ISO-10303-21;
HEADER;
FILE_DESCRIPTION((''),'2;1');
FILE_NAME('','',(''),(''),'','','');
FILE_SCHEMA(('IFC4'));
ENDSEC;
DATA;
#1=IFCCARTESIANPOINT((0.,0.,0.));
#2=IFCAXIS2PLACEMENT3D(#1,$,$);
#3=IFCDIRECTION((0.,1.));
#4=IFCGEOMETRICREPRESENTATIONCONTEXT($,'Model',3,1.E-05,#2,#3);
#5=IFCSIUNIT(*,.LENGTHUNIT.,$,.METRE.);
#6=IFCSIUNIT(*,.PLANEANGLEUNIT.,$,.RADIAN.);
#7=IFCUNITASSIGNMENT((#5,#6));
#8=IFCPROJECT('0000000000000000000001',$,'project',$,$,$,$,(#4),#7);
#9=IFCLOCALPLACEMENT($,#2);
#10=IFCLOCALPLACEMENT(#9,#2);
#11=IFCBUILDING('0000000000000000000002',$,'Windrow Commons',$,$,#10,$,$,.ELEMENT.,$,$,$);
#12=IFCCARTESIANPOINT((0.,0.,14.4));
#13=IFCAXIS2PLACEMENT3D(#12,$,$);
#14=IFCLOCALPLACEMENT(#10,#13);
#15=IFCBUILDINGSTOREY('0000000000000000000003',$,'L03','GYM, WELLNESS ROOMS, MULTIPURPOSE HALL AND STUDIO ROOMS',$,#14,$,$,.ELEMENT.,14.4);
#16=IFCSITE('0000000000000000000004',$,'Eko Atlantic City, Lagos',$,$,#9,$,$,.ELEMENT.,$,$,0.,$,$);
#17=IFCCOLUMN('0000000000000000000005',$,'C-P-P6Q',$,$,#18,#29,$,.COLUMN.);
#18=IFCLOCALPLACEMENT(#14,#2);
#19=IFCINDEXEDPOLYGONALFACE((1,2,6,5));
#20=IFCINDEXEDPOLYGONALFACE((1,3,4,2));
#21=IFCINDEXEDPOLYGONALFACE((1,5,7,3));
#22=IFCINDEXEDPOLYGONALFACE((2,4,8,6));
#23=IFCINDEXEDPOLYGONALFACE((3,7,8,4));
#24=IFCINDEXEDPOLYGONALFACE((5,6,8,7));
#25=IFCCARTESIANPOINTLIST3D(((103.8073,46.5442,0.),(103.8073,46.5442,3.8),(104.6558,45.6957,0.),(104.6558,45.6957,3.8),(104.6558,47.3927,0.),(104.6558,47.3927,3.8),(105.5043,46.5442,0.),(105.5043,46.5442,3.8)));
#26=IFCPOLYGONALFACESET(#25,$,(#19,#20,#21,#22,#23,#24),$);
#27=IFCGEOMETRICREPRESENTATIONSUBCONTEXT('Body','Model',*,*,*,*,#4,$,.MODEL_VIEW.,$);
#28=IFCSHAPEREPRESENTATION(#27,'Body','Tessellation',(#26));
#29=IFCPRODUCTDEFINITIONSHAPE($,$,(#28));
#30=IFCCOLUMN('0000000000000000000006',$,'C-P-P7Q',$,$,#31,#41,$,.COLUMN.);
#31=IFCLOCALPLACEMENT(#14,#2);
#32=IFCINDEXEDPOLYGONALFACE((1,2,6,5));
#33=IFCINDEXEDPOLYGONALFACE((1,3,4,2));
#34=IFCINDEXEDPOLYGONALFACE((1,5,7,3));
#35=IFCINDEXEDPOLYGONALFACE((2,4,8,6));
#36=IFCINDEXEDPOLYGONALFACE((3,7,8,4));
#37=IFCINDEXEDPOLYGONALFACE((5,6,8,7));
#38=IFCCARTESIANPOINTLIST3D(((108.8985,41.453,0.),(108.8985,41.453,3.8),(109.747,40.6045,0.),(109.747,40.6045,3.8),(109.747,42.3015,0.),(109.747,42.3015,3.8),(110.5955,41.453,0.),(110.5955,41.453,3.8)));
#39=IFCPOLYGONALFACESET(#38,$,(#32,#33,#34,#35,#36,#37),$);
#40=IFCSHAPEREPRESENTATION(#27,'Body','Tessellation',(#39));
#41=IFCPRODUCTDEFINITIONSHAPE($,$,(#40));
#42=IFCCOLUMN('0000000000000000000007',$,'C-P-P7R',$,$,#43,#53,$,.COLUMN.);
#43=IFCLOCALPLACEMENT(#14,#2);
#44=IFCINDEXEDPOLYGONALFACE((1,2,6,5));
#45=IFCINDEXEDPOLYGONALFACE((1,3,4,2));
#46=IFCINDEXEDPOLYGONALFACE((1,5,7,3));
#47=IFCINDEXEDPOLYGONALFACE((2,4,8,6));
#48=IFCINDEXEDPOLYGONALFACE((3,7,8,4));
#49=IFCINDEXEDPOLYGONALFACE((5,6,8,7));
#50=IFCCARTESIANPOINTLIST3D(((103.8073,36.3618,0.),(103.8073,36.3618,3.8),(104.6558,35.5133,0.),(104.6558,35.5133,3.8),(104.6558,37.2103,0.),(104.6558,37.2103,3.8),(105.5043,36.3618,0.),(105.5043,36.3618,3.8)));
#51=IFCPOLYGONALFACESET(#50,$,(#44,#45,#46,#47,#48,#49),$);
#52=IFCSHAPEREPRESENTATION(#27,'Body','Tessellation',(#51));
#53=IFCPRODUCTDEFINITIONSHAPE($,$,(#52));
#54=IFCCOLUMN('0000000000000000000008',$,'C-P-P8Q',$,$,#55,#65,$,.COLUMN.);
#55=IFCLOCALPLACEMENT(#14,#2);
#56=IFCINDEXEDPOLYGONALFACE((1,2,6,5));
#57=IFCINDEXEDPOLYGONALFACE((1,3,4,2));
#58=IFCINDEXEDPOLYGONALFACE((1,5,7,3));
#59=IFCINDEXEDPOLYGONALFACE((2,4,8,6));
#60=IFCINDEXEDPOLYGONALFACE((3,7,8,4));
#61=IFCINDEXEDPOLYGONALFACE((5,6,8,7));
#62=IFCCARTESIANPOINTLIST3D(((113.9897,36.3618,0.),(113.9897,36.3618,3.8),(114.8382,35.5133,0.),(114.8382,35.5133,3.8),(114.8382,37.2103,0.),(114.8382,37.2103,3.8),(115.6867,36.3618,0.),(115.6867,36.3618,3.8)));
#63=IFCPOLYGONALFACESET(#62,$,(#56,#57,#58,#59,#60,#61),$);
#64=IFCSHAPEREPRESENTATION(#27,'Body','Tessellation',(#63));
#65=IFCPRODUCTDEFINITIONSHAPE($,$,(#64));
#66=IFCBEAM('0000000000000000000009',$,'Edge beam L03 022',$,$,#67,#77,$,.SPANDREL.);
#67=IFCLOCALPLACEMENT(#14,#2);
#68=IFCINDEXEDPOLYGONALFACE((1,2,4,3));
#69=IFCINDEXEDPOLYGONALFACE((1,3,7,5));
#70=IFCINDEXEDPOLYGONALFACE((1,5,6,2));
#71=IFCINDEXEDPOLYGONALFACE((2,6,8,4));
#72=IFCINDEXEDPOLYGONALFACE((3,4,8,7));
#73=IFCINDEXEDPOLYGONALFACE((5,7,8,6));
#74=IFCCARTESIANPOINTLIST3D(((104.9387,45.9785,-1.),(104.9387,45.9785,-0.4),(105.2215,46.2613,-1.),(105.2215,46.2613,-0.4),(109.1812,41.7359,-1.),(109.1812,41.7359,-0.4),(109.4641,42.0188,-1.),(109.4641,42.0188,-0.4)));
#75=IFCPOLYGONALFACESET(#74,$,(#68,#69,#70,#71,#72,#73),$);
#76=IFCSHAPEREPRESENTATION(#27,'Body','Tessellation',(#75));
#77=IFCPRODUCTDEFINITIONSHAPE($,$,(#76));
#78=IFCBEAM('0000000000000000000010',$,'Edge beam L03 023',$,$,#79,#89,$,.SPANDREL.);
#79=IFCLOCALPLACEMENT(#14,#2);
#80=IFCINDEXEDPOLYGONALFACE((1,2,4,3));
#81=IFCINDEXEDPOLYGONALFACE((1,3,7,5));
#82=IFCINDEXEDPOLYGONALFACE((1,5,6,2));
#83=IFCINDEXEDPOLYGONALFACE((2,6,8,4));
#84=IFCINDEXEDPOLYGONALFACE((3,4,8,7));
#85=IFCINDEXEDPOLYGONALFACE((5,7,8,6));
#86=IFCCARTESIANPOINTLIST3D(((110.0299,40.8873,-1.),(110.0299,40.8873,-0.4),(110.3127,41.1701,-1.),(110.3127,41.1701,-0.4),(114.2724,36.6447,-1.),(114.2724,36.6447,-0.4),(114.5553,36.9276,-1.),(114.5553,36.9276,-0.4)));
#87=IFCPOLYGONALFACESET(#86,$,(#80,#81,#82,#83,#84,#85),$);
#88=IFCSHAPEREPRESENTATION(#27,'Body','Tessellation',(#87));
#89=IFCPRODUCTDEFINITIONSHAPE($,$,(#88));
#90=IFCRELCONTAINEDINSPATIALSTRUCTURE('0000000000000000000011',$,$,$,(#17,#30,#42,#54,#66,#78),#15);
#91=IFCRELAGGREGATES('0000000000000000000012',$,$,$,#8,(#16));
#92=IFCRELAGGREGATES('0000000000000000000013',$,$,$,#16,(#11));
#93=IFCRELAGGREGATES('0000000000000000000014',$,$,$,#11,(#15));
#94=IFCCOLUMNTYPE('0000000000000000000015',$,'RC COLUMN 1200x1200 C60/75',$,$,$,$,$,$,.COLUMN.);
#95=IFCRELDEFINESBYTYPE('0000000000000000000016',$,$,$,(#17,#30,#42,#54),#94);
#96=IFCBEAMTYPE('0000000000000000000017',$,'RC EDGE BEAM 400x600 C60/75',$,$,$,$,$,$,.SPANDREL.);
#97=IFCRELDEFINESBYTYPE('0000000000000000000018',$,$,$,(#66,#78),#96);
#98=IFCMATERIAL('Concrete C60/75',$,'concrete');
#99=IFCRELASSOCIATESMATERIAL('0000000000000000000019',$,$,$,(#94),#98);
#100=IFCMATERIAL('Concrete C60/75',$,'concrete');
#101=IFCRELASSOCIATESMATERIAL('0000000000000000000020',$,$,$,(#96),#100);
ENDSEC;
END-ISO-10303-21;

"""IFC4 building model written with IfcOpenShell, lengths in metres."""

from ifc_helpers import new_model, si_unit, direction, frame, origin, origin_2d, place, context, subcontext, project, spatial, rectangle, extrude, material, material_profile, profile_set, type_object, element, save


model = new_model("IFC4")

# Units and contexts
model_context = context("Model", 3, precision=1e-05, world=origin(), true_north=direction((0.0, 1.0)))
body_context = subcontext(model_context, "Body", "Model", "MODEL_VIEW")
ifc_project = project(units=[si_unit("LENGTHUNIT", "METRE"), si_unit("PLANEANGLEUNIT", "RADIAN")], contexts=[model_context])

# Site, building, storey
site_placement = place(None, origin())
site = spatial("IfcSite", under=ifc_project, at=site_placement, Name="Eko Atlantic City, Lagos", CompositionType="ELEMENT", RefElevation=0.0)
building_placement = place(site_placement, origin())
building = spatial("IfcBuilding", under=site, at=building_placement, Name="Windrow Commons", CompositionType="ELEMENT")
storey_placement = place(building_placement, frame((0.0, 0.0, 14.4)))
storey = spatial("IfcBuildingStorey", under=building, at=storey_placement, Name="L03", Description="GYM, WELLNESS ROOMS, MULTIPURPOSE HALL AND STUDIO ROOMS", CompositionType="ELEMENT", Elevation=14.4)

# Columns
ifc_material_1 = material(Name="Concrete C60/75", Category="concrete")
ifc_material_profile_1 = material_profile(ifc_material_1, rectangle(XDim=1.2, YDim=1.2, at=origin_2d()))
ifc_profile_set_1 = profile_set([ifc_material_profile_1], Name="Concrete C60/75")
column_type = type_object("IfcColumnType", Name="RC COLUMN 1200x1200 C60/75", PredefinedType="COLUMN", material=ifc_profile_set_1)
for number, where, z_axis, x_axis, name in (
    (1, (104.6558, 46.5442, 0.0), (0.0, 0.0, 1.0), (0.707107, -0.707107, 0.0), "C-P-P6Q"),
    (2, (109.747, 41.453, 0.0), (0.0, 0.0, 1.0), (0.707107, -0.707107, 0.0), "C-P-P7Q"),
    (3, (104.6558, 36.3618, 0.0), (0.0, 0.0, 1.0), (0.707107, -0.707107, 0.0), "C-P-P7R"),
    (4, (114.8382, 36.3618, 0.0), (0.0, 0.0, 1.0), (0.707107, -0.707107, 0.0), "C-P-P8Q"),
):
    element("IfcColumn", number, at=place(storey_placement, frame(where, z_axis=z_axis, x_axis=x_axis)), inside=storey, type_object=column_type, Name=name, PredefinedType="COLUMN", context=body_context, shape_type="SweptSolid", body=[
        extrude(rectangle(XDim=1.2, YDim=1.2, at=origin_2d()), origin(), (0.0, 0.0, 1.0), 3.8),
    ])

# Beams
ifc_material_2 = material(Name="Concrete C60/75", Category="concrete")
ifc_material_profile_2 = material_profile(ifc_material_2, rectangle(XDim=0.4, YDim=0.6, at=origin_2d()))
ifc_profile_set_2 = profile_set([ifc_material_profile_2], Name="Concrete C60/75")
beam_type = type_object("IfcBeamType", Name="RC EDGE BEAM 400x600 C60/75", PredefinedType="SPANDREL", material=ifc_profile_set_2)
for number, where, z_axis, x_axis, name in (
    (5, (105.0801, 46.1199, -0.7), (0.707107, -0.707107, 0.0), (0.707107, 0.707107, 0.0), "Edge beam L03 022"),
    (6, (110.1713, 41.0287, -0.7), (0.707107, -0.707107, 0.0), (0.707107, 0.707107, 0.0), "Edge beam L03 023"),
):
    element("IfcBeam", number, at=place(storey_placement, frame(where, z_axis=z_axis, x_axis=x_axis)), inside=storey, type_object=beam_type, Name=name, PredefinedType="SPANDREL", context=body_context, shape_type="SweptSolid", body=[
        extrude(rectangle(XDim=0.4, YDim=0.6, at=origin_2d()), origin(), (0.0, 0.0, 1.0), 5.9999),
    ])

save(model, "model.ifc")
